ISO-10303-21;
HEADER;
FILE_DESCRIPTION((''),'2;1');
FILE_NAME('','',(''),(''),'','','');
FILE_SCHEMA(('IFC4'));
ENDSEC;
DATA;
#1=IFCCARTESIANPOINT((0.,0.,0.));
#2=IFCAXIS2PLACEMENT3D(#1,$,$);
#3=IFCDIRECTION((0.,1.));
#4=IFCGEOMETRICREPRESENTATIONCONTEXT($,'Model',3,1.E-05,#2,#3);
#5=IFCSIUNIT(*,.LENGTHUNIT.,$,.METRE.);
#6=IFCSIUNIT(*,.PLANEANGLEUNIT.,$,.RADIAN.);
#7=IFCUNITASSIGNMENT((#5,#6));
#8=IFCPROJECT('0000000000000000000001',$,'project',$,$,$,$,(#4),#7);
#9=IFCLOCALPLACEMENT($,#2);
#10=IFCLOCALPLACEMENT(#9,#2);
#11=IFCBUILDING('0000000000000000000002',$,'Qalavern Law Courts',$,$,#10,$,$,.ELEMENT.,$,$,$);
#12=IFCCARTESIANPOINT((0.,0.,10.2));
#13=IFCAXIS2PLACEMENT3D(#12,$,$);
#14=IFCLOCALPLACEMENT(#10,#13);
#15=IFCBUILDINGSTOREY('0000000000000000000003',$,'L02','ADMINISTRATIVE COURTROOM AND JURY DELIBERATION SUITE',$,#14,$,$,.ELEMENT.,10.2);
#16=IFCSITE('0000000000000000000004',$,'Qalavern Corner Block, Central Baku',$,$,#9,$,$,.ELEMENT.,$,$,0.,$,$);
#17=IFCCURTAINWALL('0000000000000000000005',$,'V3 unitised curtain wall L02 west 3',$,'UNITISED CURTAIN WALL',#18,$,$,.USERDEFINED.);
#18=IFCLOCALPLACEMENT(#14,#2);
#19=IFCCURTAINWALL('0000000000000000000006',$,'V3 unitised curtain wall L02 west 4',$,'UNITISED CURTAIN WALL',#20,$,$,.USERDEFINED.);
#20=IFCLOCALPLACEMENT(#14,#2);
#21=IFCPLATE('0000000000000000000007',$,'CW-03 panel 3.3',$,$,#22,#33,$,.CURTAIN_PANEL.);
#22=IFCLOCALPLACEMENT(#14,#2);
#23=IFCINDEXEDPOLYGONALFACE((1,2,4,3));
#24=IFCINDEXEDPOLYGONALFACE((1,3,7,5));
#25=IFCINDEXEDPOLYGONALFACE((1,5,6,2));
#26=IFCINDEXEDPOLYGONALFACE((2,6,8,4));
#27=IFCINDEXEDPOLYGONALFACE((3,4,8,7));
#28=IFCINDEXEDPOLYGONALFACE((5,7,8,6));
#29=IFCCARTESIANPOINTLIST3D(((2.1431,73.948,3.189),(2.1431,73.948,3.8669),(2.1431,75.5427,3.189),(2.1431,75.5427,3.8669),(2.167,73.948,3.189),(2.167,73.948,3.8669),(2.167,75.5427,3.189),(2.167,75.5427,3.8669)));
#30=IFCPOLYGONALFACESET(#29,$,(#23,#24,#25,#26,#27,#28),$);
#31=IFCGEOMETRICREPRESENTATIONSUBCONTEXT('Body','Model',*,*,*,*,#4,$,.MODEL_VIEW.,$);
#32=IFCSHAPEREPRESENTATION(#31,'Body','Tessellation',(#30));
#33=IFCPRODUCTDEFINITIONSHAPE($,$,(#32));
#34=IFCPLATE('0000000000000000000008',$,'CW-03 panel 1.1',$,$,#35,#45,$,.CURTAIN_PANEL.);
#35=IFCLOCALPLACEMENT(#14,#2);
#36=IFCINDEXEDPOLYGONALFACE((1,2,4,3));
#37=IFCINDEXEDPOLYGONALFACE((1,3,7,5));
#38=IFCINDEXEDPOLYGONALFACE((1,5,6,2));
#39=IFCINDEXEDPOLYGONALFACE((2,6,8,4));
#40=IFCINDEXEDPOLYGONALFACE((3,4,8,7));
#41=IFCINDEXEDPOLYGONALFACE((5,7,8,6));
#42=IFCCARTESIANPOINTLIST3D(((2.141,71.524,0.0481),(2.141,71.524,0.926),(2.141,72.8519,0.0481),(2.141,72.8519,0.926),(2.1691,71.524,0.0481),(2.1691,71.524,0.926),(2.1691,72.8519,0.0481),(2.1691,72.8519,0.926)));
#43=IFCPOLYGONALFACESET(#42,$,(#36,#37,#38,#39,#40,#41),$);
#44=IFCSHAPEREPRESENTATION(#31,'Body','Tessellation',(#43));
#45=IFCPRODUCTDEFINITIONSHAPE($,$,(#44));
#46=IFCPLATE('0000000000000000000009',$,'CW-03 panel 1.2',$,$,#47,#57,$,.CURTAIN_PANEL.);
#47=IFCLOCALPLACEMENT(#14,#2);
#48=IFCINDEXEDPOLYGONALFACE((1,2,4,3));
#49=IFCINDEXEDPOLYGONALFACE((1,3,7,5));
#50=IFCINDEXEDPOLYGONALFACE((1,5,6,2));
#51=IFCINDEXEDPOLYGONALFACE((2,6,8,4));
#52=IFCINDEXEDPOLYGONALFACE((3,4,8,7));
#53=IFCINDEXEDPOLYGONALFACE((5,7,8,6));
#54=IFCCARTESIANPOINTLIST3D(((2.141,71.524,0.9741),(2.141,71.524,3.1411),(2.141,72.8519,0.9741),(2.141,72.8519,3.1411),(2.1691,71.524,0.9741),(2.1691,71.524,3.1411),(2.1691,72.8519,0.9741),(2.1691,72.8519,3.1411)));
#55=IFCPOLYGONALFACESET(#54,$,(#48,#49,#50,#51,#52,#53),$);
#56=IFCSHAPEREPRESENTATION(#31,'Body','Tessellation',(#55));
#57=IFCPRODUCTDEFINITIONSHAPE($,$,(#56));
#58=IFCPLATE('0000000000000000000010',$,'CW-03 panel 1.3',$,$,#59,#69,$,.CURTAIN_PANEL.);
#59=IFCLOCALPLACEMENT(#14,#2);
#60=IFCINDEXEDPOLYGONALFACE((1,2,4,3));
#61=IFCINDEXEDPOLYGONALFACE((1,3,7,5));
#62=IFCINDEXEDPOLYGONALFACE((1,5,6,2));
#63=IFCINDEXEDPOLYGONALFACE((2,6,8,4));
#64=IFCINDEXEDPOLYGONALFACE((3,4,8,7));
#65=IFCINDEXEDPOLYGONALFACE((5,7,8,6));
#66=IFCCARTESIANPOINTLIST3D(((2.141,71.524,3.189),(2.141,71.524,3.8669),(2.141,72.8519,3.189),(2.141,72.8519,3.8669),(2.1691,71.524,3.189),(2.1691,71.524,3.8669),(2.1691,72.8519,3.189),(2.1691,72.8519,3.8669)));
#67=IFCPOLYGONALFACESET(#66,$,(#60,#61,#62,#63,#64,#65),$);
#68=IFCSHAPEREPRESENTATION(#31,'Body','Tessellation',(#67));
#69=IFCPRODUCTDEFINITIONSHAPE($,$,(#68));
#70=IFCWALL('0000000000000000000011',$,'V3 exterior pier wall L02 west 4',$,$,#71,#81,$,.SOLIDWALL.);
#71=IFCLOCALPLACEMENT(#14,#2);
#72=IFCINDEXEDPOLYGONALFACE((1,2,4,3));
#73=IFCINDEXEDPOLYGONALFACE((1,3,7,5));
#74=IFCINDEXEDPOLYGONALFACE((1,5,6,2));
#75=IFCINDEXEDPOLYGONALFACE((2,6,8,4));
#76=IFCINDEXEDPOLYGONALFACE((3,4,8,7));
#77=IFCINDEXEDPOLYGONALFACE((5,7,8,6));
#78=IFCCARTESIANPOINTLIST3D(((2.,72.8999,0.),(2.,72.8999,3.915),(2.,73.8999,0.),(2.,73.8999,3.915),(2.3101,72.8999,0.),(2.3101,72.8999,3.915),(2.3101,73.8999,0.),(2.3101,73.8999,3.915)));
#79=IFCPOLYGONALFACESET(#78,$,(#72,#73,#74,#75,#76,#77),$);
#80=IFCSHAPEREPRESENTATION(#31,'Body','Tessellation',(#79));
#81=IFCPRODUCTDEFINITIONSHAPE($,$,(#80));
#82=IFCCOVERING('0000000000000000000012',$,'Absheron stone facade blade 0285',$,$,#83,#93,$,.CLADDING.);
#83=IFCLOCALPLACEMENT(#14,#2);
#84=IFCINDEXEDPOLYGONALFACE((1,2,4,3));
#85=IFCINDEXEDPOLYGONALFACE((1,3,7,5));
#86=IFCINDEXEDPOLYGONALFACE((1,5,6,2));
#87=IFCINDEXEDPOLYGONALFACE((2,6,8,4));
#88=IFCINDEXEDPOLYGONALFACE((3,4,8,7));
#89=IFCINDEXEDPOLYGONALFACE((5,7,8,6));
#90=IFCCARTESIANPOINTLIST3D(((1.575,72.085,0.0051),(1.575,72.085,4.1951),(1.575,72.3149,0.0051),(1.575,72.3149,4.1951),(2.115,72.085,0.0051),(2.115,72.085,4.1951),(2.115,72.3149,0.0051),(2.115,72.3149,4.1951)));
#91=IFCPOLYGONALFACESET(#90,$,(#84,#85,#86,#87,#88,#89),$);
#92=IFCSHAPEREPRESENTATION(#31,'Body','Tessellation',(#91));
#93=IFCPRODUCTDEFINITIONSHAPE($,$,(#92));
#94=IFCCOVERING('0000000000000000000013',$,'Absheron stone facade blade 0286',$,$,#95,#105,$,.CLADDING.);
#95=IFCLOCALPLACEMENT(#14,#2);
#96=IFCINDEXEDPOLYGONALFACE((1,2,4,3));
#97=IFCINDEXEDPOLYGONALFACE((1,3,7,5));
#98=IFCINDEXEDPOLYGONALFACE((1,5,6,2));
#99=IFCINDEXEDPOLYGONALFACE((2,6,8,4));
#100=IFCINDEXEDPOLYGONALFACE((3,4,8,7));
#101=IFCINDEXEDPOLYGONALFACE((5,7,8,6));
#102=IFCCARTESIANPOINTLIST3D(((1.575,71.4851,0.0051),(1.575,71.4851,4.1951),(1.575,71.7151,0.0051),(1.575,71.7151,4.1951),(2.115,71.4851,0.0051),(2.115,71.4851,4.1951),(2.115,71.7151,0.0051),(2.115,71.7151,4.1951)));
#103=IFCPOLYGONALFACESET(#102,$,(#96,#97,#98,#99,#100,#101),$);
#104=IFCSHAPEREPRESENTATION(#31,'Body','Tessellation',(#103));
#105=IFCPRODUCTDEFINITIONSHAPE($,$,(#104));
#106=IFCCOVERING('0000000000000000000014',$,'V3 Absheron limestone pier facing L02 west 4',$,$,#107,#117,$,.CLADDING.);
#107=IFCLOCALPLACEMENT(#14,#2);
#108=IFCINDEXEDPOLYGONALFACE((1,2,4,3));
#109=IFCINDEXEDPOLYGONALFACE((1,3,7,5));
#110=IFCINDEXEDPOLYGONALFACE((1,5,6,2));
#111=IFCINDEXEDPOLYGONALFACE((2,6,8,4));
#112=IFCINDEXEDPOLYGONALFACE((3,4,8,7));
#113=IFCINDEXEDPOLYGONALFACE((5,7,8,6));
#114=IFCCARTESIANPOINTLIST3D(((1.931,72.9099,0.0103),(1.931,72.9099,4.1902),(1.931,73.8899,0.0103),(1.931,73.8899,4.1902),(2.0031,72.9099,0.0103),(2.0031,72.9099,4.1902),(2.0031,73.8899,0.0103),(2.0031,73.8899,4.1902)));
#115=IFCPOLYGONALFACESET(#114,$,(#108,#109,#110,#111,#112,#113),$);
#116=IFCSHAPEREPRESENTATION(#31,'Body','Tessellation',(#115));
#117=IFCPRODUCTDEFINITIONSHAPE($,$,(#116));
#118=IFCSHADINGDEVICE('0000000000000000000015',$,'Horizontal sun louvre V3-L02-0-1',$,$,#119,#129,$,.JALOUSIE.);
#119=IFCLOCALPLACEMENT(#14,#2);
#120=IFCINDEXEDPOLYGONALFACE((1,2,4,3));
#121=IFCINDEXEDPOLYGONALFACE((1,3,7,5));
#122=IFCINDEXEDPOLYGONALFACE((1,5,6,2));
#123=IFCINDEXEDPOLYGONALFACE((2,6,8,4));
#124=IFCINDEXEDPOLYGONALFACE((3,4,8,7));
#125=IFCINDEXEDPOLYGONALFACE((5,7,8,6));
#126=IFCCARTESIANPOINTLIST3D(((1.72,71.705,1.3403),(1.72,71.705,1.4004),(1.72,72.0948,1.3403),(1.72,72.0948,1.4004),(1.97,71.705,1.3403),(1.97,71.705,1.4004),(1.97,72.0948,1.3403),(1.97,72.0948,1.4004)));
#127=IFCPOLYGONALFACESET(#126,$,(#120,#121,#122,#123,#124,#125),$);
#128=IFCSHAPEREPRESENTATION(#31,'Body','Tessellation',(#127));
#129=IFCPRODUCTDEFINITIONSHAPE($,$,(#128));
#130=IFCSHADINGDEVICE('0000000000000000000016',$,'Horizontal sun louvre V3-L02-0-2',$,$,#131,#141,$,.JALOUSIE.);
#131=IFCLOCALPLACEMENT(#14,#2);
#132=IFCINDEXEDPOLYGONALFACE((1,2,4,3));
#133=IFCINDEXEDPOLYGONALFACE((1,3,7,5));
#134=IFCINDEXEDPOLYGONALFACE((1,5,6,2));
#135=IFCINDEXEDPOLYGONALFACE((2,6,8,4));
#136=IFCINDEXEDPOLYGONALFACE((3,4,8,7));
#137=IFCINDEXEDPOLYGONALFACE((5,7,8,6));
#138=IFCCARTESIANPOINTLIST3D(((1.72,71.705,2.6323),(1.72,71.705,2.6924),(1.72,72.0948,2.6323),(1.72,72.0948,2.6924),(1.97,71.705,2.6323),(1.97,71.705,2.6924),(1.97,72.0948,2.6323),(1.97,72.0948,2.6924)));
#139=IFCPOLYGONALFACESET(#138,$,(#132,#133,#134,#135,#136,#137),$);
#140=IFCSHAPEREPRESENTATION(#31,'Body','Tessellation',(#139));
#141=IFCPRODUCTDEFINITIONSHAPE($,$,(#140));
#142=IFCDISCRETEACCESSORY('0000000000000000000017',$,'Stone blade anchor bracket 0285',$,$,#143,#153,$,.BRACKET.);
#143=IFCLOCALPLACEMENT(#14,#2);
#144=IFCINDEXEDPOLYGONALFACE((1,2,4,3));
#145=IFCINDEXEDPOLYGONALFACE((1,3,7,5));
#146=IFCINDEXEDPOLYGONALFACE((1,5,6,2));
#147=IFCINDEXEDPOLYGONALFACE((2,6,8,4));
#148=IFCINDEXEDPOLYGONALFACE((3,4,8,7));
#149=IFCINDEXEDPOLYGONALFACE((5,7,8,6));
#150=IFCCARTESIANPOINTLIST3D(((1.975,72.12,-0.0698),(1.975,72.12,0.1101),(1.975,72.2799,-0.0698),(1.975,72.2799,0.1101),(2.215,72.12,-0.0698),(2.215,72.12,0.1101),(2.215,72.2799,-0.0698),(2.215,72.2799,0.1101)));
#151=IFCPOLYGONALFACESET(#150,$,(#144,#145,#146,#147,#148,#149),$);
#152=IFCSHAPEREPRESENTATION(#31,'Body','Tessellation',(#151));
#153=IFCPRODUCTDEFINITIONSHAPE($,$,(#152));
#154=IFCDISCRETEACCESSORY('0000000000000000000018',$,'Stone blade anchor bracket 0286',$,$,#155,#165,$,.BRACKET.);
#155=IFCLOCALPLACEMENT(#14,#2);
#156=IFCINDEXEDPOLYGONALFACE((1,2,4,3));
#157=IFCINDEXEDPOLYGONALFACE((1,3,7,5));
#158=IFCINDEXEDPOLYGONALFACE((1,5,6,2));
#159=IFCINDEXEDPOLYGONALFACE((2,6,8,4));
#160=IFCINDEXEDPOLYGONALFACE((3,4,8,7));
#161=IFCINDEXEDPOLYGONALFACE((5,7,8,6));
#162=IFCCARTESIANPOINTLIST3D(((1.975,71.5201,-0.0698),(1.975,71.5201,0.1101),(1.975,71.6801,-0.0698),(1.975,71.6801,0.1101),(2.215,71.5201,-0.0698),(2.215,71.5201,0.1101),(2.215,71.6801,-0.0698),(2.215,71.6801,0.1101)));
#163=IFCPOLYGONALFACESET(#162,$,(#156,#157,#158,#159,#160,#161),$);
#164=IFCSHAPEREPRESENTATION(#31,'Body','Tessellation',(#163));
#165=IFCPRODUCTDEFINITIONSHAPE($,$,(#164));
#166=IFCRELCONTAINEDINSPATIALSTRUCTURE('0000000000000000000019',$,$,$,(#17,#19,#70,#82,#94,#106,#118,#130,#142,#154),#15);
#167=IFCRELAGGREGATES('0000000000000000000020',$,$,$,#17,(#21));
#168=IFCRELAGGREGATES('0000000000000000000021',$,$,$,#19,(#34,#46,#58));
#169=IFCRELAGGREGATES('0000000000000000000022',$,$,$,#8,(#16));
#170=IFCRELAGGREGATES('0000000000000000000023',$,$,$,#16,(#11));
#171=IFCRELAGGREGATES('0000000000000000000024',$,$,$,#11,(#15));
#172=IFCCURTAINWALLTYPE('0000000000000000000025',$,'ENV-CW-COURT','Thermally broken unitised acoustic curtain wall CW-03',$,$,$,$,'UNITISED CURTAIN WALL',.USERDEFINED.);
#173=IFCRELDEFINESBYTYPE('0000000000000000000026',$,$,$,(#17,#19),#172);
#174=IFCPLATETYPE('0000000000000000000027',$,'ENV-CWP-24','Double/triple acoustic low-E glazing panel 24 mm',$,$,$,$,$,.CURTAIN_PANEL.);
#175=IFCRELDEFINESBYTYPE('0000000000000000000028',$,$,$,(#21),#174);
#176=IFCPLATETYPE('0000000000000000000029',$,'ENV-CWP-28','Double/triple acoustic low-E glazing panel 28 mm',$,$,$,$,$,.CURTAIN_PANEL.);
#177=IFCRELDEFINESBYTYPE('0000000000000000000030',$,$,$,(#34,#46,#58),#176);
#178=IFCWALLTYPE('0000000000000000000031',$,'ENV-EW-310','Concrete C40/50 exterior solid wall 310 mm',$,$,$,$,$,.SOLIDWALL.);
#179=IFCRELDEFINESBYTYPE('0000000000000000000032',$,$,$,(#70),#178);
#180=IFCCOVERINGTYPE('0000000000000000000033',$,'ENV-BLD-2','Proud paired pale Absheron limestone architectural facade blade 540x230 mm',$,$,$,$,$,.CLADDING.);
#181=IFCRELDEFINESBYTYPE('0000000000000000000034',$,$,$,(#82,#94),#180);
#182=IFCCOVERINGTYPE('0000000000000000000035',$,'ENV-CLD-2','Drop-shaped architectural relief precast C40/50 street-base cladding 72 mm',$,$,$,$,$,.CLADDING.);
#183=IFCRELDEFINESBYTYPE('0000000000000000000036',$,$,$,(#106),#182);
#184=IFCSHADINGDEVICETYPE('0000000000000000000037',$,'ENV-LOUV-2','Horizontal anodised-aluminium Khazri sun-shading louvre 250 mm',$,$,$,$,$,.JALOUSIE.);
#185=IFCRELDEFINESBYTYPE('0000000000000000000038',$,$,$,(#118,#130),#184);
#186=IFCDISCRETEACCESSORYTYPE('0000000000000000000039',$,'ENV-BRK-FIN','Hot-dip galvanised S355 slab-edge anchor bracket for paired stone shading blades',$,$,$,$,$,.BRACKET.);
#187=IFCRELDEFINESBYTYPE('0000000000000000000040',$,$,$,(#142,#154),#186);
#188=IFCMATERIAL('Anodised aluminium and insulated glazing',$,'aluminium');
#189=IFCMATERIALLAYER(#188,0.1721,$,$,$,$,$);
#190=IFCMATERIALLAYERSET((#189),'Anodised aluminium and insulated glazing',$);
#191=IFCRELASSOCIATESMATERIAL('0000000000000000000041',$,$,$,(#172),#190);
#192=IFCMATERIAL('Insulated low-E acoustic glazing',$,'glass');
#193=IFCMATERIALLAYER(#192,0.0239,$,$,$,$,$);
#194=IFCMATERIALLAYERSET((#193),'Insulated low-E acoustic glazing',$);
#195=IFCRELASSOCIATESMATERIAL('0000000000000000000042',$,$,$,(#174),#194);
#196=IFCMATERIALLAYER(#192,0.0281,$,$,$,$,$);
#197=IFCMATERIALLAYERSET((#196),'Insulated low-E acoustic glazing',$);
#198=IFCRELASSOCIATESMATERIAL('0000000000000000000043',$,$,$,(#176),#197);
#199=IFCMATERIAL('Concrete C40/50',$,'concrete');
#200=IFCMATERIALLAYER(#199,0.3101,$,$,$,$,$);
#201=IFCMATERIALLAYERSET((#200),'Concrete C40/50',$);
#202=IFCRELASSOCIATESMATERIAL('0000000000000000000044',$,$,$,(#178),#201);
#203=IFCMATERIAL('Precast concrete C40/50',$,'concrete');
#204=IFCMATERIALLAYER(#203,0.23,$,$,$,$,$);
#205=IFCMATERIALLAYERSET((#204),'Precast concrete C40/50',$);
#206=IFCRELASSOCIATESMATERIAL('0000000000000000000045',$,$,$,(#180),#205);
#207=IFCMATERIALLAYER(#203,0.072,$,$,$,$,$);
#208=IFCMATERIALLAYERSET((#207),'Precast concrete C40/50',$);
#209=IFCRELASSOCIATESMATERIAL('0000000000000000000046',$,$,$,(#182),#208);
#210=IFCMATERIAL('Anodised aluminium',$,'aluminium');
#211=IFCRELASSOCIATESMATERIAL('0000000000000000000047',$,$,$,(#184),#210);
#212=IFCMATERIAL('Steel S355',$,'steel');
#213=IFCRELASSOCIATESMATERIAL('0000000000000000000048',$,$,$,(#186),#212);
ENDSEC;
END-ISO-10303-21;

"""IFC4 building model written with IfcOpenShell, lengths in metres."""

from ifc_helpers import new_model, si_unit, direction, frame, frame_2d, origin, origin_2d, place, context, subcontext, project, spatial, rectangle, extrude, material, layer, layer_set, type_object, element, aggregate, save


model = new_model("IFC4")

# Units and contexts
model_context = context("Model", 3, precision=1e-05, world=origin(), true_north=direction((0.0, 1.0)))
body_context = subcontext(model_context, "Body", "Model", "MODEL_VIEW")
ifc_project = project(units=[si_unit("LENGTHUNIT", "METRE"), si_unit("PLANEANGLEUNIT", "RADIAN")], contexts=[model_context])

# Site, building, storey
site_placement = place(None, origin())
site = spatial("IfcSite", under=ifc_project, at=site_placement, Name="Qalavern Corner Block, Central Baku", CompositionType="ELEMENT", RefElevation=0.0)
building_placement = place(site_placement, origin())
building = spatial("IfcBuilding", under=site, at=building_placement, Name="Qalavern Law Courts", CompositionType="ELEMENT")
storey_placement = place(building_placement, frame((0.0, 0.0, 10.2)))
storey = spatial("IfcBuildingStorey", under=building, at=storey_placement, Name="L02", Description="ADMINISTRATIVE COURTROOM AND JURY DELIBERATION SUITE", CompositionType="ELEMENT", Elevation=10.2)

# Curtain wall
ifc_material_1 = material(Name="Anodised aluminium and insulated glazing", Category="aluminium")
ifc_layer_1 = layer(ifc_material_1, 0.1721)
ifc_layer_set_1 = layer_set([ifc_layer_1], Name="Anodised aluminium and insulated glazing")
curtain_wall_type = type_object("IfcCurtainWallType", Name="ENV-CW-COURT", Description="Thermally broken unitised acoustic curtain wall CW-03", ElementType="UNITISED CURTAIN WALL", PredefinedType="USERDEFINED", material=ifc_layer_set_1)
curtain_wall_1_placement = place(storey_placement, origin())
curtain_wall_1 = element("IfcCurtainWall", 1, at=curtain_wall_1_placement, inside=storey, type_object=curtain_wall_type, Name="V3 unitised curtain wall L02 west 3", ObjectType="UNITISED CURTAIN WALL", PredefinedType="USERDEFINED")
ifc_material_2 = material(Name="Anodised aluminium", Category="aluminium")

# Curtain wall
curtain_wall_2_placement = place(storey_placement, origin())
curtain_wall_2 = element("IfcCurtainWall", 2, at=curtain_wall_2_placement, inside=storey, type_object=curtain_wall_type, Name="V3 unitised curtain wall L02 west 4", ObjectType="UNITISED CURTAIN WALL", PredefinedType="USERDEFINED")

# Plates
ifc_material_3 = material(Name="Insulated low-E acoustic glazing", Category="glass")
ifc_layer_2 = layer(ifc_material_3, 0.0239)
ifc_layer_set_2 = layer_set([ifc_layer_2], Name="Insulated low-E acoustic glazing")
plate_type_1 = type_object("IfcPlateType", Name="ENV-CWP-24", Description="Double/triple acoustic low-E glazing panel 24 mm", PredefinedType="CURTAIN_PANEL", material=ifc_layer_set_2)
plate_1_placement = place(storey_placement, frame((2.155, 74.7454, 3.189), z_axis=(0.0, 0.0, 1.0), x_axis=(0.0, -1.0, 0.0)))
plate_1 = element("IfcPlate", 3, at=plate_1_placement, type_object=plate_type_1, Name="CW-03 panel 3.3", PredefinedType="CURTAIN_PANEL", context=body_context, shape_type="SweptSolid", body=[
    extrude(rectangle(XDim=1.5947, YDim=0.0239, at=origin_2d()), origin(), (0.0, 0.0, 1.0), 0.678),
])
aggregate(curtain_wall_1, [plate_1])
ifc_layer_3 = layer(ifc_material_3, 0.0281)
ifc_layer_set_3 = layer_set([ifc_layer_3], Name="Insulated low-E acoustic glazing")
plate_type_2 = type_object("IfcPlateType", Name="ENV-CWP-28", Description="Double/triple acoustic low-E glazing panel 28 mm", PredefinedType="CURTAIN_PANEL", material=ifc_layer_set_3)
plate_2_placement = place(storey_placement, frame((2.155, 72.188, 0.0481), z_axis=(0.0, 0.0, 1.0), x_axis=(0.0, -1.0, 0.0)))
plate_2 = element("IfcPlate", 4, at=plate_2_placement, type_object=plate_type_2, Name="CW-03 panel 1.1", PredefinedType="CURTAIN_PANEL", context=body_context, shape_type="SweptSolid", body=[
    extrude(rectangle(XDim=1.3279, YDim=0.0281, at=origin_2d()), origin(), (0.0, 0.0, 1.0), 0.8779),
])
plate_3_placement = place(storey_placement, frame((2.155, 72.188, 0.9741), z_axis=(0.0, 0.0, 1.0), x_axis=(0.0, -1.0, 0.0)))
plate_3 = element("IfcPlate", 5, at=plate_3_placement, type_object=plate_type_2, Name="CW-03 panel 1.2", PredefinedType="CURTAIN_PANEL", context=body_context, shape_type="SweptSolid", body=[
    extrude(rectangle(XDim=1.3279, YDim=0.0281, at=origin_2d()), origin(), (0.0, 0.0, 1.0), 2.167),
])
plate_4_placement = place(storey_placement, frame((2.155, 72.188, 3.189), z_axis=(0.0, 0.0, 1.0), x_axis=(0.0, -1.0, 0.0)))
plate_4 = element("IfcPlate", 6, at=plate_4_placement, type_object=plate_type_2, Name="CW-03 panel 1.3", PredefinedType="CURTAIN_PANEL", context=body_context, shape_type="SweptSolid", body=[
    extrude(rectangle(XDim=1.3279, YDim=0.0281, at=origin_2d()), origin(), (0.0, 0.0, 1.0), 0.678),
])
aggregate(curtain_wall_2, [plate_2, plate_3, plate_4])

# Wall
ifc_material_4 = material(Name="Concrete C40/50", Category="concrete")
ifc_layer_4 = layer(ifc_material_4, 0.3101)
ifc_layer_set_4 = layer_set([ifc_layer_4], Name="Concrete C40/50")
wall_type = type_object("IfcWallType", Name="ENV-EW-310", Description="Concrete C40/50 exterior solid wall 310 mm", PredefinedType="SOLIDWALL", material=ifc_layer_set_4)
wall_placement = place(storey_placement, frame((2.155, 73.8999, 0.0), z_axis=(0.0, 0.0, 1.0), x_axis=(0.0, -1.0, 0.0)))
element("IfcWall", 7, at=wall_placement, inside=storey, type_object=wall_type, Name="V3 exterior pier wall L02 west 4", PredefinedType="SOLIDWALL", context=body_context, shape_type="SweptSolid", body=[
    extrude(rectangle(XDim=1.0, YDim=0.3101, at=frame_2d((0.5, 0.0))), origin(), (0.0, 0.0, 1.0), 3.915),
])

# Coverings
ifc_material_5 = material(Name="Precast concrete C40/50", Category="concrete")
ifc_layer_5 = layer(ifc_material_5, 0.23)
ifc_layer_set_5 = layer_set([ifc_layer_5], Name="Precast concrete C40/50")
covering_type_1 = type_object("IfcCoveringType", Name="ENV-BLD-2", Description="Proud paired pale Absheron limestone architectural facade blade 540x230 mm", PredefinedType="CLADDING", material=ifc_layer_set_5)
for number, where, z_axis, x_axis, name in (
    (8, (1.845, 72.2, 0.0051), (0.0, 0.0, 1.0), (-1.0, 0.0, 0.0), "Absheron stone facade blade 0285"),
    (9, (1.845, 71.6001, 0.0051), (0.0, 0.0, 1.0), (-1.0, 0.0, 0.0), "Absheron stone facade blade 0286"),
):
    element("IfcCovering", number, at=place(storey_placement, frame(where, z_axis=z_axis, x_axis=x_axis)), inside=storey, type_object=covering_type_1, Name=name, PredefinedType="CLADDING", context=body_context, shape_type="SweptSolid", body=[
        extrude(rectangle(XDim=0.54, YDim=0.23, at=origin_2d()), origin(), (0.0, 0.0, 1.0), 4.1899),
    ])
ifc_layer_6 = layer(ifc_material_5, 0.072)
ifc_layer_set_6 = layer_set([ifc_layer_6], Name="Precast concrete C40/50")
covering_type_2 = type_object("IfcCoveringType", Name="ENV-CLD-2", Description="Drop-shaped architectural relief precast C40/50 street-base cladding 72 mm", PredefinedType="CLADDING", material=ifc_layer_set_6)
covering_placement = place(storey_placement, frame((1.967, 73.3999, 0.0103), z_axis=(0.0, 0.0, 1.0), x_axis=(0.0, -1.0, 0.0)))
element("IfcCovering", 10, at=covering_placement, inside=storey, type_object=covering_type_2, Name="V3 Absheron limestone pier facing L02 west 4", PredefinedType="CLADDING", context=body_context, shape_type="SweptSolid", body=[
    extrude(rectangle(XDim=0.98, YDim=0.072, at=origin_2d()), origin(), (0.0, 0.0, 1.0), 4.1799),
])

# Shading devices
shading_device_type = type_object("IfcShadingDeviceType", Name="ENV-LOUV-2", Description="Horizontal anodised-aluminium Khazri sun-shading louvre 250 mm", PredefinedType="JALOUSIE", material=ifc_material_2)
for number, where, z_axis, x_axis, name in (
    (11, (1.845, 71.8999, 1.3403), (0.0, 0.0, 1.0), (0.0, -1.0, 0.0), "Horizontal sun louvre V3-L02-0-1"),
    (12, (1.845, 71.8999, 2.6323), (0.0, 0.0, 1.0), (0.0, -1.0, 0.0), "Horizontal sun louvre V3-L02-0-2"),
):
    element("IfcShadingDevice", number, at=place(storey_placement, frame(where, z_axis=z_axis, x_axis=x_axis)), inside=storey, type_object=shading_device_type, Name=name, PredefinedType="JALOUSIE", context=body_context, shape_type="SweptSolid", body=[
        extrude(rectangle(XDim=0.3899, YDim=0.25, at=origin_2d()), origin(), (0.0, 0.0, 1.0), 0.0601),
    ])

# Discrete accessories
ifc_material_6 = material(Name="Steel S355", Category="steel")
discrete_accessory_type = type_object("IfcDiscreteAccessoryType", Name="ENV-BRK-FIN", Description="Hot-dip galvanised S355 slab-edge anchor bracket for paired stone shading blades", PredefinedType="BRACKET", material=ifc_material_6)
for number, where, z_axis, x_axis, name in (
    (13, (2.095, 72.2, -0.0698), (0.0, 0.0, 1.0), (-1.0, 0.0, 0.0), "Stone blade anchor bracket 0285"),
    (14, (2.095, 71.6001, -0.0698), (0.0, 0.0, 1.0), (-1.0, 0.0, 0.0), "Stone blade anchor bracket 0286"),
):
    element("IfcDiscreteAccessory", number, at=place(storey_placement, frame(where, z_axis=z_axis, x_axis=x_axis)), inside=storey, type_object=discrete_accessory_type, Name=name, PredefinedType="BRACKET", context=body_context, shape_type="SweptSolid", body=[
        extrude(rectangle(XDim=0.24, YDim=0.1599, at=origin_2d()), origin(), (0.0, 0.0, 1.0), 0.1799),
    ])

save(model, "model.ifc")
